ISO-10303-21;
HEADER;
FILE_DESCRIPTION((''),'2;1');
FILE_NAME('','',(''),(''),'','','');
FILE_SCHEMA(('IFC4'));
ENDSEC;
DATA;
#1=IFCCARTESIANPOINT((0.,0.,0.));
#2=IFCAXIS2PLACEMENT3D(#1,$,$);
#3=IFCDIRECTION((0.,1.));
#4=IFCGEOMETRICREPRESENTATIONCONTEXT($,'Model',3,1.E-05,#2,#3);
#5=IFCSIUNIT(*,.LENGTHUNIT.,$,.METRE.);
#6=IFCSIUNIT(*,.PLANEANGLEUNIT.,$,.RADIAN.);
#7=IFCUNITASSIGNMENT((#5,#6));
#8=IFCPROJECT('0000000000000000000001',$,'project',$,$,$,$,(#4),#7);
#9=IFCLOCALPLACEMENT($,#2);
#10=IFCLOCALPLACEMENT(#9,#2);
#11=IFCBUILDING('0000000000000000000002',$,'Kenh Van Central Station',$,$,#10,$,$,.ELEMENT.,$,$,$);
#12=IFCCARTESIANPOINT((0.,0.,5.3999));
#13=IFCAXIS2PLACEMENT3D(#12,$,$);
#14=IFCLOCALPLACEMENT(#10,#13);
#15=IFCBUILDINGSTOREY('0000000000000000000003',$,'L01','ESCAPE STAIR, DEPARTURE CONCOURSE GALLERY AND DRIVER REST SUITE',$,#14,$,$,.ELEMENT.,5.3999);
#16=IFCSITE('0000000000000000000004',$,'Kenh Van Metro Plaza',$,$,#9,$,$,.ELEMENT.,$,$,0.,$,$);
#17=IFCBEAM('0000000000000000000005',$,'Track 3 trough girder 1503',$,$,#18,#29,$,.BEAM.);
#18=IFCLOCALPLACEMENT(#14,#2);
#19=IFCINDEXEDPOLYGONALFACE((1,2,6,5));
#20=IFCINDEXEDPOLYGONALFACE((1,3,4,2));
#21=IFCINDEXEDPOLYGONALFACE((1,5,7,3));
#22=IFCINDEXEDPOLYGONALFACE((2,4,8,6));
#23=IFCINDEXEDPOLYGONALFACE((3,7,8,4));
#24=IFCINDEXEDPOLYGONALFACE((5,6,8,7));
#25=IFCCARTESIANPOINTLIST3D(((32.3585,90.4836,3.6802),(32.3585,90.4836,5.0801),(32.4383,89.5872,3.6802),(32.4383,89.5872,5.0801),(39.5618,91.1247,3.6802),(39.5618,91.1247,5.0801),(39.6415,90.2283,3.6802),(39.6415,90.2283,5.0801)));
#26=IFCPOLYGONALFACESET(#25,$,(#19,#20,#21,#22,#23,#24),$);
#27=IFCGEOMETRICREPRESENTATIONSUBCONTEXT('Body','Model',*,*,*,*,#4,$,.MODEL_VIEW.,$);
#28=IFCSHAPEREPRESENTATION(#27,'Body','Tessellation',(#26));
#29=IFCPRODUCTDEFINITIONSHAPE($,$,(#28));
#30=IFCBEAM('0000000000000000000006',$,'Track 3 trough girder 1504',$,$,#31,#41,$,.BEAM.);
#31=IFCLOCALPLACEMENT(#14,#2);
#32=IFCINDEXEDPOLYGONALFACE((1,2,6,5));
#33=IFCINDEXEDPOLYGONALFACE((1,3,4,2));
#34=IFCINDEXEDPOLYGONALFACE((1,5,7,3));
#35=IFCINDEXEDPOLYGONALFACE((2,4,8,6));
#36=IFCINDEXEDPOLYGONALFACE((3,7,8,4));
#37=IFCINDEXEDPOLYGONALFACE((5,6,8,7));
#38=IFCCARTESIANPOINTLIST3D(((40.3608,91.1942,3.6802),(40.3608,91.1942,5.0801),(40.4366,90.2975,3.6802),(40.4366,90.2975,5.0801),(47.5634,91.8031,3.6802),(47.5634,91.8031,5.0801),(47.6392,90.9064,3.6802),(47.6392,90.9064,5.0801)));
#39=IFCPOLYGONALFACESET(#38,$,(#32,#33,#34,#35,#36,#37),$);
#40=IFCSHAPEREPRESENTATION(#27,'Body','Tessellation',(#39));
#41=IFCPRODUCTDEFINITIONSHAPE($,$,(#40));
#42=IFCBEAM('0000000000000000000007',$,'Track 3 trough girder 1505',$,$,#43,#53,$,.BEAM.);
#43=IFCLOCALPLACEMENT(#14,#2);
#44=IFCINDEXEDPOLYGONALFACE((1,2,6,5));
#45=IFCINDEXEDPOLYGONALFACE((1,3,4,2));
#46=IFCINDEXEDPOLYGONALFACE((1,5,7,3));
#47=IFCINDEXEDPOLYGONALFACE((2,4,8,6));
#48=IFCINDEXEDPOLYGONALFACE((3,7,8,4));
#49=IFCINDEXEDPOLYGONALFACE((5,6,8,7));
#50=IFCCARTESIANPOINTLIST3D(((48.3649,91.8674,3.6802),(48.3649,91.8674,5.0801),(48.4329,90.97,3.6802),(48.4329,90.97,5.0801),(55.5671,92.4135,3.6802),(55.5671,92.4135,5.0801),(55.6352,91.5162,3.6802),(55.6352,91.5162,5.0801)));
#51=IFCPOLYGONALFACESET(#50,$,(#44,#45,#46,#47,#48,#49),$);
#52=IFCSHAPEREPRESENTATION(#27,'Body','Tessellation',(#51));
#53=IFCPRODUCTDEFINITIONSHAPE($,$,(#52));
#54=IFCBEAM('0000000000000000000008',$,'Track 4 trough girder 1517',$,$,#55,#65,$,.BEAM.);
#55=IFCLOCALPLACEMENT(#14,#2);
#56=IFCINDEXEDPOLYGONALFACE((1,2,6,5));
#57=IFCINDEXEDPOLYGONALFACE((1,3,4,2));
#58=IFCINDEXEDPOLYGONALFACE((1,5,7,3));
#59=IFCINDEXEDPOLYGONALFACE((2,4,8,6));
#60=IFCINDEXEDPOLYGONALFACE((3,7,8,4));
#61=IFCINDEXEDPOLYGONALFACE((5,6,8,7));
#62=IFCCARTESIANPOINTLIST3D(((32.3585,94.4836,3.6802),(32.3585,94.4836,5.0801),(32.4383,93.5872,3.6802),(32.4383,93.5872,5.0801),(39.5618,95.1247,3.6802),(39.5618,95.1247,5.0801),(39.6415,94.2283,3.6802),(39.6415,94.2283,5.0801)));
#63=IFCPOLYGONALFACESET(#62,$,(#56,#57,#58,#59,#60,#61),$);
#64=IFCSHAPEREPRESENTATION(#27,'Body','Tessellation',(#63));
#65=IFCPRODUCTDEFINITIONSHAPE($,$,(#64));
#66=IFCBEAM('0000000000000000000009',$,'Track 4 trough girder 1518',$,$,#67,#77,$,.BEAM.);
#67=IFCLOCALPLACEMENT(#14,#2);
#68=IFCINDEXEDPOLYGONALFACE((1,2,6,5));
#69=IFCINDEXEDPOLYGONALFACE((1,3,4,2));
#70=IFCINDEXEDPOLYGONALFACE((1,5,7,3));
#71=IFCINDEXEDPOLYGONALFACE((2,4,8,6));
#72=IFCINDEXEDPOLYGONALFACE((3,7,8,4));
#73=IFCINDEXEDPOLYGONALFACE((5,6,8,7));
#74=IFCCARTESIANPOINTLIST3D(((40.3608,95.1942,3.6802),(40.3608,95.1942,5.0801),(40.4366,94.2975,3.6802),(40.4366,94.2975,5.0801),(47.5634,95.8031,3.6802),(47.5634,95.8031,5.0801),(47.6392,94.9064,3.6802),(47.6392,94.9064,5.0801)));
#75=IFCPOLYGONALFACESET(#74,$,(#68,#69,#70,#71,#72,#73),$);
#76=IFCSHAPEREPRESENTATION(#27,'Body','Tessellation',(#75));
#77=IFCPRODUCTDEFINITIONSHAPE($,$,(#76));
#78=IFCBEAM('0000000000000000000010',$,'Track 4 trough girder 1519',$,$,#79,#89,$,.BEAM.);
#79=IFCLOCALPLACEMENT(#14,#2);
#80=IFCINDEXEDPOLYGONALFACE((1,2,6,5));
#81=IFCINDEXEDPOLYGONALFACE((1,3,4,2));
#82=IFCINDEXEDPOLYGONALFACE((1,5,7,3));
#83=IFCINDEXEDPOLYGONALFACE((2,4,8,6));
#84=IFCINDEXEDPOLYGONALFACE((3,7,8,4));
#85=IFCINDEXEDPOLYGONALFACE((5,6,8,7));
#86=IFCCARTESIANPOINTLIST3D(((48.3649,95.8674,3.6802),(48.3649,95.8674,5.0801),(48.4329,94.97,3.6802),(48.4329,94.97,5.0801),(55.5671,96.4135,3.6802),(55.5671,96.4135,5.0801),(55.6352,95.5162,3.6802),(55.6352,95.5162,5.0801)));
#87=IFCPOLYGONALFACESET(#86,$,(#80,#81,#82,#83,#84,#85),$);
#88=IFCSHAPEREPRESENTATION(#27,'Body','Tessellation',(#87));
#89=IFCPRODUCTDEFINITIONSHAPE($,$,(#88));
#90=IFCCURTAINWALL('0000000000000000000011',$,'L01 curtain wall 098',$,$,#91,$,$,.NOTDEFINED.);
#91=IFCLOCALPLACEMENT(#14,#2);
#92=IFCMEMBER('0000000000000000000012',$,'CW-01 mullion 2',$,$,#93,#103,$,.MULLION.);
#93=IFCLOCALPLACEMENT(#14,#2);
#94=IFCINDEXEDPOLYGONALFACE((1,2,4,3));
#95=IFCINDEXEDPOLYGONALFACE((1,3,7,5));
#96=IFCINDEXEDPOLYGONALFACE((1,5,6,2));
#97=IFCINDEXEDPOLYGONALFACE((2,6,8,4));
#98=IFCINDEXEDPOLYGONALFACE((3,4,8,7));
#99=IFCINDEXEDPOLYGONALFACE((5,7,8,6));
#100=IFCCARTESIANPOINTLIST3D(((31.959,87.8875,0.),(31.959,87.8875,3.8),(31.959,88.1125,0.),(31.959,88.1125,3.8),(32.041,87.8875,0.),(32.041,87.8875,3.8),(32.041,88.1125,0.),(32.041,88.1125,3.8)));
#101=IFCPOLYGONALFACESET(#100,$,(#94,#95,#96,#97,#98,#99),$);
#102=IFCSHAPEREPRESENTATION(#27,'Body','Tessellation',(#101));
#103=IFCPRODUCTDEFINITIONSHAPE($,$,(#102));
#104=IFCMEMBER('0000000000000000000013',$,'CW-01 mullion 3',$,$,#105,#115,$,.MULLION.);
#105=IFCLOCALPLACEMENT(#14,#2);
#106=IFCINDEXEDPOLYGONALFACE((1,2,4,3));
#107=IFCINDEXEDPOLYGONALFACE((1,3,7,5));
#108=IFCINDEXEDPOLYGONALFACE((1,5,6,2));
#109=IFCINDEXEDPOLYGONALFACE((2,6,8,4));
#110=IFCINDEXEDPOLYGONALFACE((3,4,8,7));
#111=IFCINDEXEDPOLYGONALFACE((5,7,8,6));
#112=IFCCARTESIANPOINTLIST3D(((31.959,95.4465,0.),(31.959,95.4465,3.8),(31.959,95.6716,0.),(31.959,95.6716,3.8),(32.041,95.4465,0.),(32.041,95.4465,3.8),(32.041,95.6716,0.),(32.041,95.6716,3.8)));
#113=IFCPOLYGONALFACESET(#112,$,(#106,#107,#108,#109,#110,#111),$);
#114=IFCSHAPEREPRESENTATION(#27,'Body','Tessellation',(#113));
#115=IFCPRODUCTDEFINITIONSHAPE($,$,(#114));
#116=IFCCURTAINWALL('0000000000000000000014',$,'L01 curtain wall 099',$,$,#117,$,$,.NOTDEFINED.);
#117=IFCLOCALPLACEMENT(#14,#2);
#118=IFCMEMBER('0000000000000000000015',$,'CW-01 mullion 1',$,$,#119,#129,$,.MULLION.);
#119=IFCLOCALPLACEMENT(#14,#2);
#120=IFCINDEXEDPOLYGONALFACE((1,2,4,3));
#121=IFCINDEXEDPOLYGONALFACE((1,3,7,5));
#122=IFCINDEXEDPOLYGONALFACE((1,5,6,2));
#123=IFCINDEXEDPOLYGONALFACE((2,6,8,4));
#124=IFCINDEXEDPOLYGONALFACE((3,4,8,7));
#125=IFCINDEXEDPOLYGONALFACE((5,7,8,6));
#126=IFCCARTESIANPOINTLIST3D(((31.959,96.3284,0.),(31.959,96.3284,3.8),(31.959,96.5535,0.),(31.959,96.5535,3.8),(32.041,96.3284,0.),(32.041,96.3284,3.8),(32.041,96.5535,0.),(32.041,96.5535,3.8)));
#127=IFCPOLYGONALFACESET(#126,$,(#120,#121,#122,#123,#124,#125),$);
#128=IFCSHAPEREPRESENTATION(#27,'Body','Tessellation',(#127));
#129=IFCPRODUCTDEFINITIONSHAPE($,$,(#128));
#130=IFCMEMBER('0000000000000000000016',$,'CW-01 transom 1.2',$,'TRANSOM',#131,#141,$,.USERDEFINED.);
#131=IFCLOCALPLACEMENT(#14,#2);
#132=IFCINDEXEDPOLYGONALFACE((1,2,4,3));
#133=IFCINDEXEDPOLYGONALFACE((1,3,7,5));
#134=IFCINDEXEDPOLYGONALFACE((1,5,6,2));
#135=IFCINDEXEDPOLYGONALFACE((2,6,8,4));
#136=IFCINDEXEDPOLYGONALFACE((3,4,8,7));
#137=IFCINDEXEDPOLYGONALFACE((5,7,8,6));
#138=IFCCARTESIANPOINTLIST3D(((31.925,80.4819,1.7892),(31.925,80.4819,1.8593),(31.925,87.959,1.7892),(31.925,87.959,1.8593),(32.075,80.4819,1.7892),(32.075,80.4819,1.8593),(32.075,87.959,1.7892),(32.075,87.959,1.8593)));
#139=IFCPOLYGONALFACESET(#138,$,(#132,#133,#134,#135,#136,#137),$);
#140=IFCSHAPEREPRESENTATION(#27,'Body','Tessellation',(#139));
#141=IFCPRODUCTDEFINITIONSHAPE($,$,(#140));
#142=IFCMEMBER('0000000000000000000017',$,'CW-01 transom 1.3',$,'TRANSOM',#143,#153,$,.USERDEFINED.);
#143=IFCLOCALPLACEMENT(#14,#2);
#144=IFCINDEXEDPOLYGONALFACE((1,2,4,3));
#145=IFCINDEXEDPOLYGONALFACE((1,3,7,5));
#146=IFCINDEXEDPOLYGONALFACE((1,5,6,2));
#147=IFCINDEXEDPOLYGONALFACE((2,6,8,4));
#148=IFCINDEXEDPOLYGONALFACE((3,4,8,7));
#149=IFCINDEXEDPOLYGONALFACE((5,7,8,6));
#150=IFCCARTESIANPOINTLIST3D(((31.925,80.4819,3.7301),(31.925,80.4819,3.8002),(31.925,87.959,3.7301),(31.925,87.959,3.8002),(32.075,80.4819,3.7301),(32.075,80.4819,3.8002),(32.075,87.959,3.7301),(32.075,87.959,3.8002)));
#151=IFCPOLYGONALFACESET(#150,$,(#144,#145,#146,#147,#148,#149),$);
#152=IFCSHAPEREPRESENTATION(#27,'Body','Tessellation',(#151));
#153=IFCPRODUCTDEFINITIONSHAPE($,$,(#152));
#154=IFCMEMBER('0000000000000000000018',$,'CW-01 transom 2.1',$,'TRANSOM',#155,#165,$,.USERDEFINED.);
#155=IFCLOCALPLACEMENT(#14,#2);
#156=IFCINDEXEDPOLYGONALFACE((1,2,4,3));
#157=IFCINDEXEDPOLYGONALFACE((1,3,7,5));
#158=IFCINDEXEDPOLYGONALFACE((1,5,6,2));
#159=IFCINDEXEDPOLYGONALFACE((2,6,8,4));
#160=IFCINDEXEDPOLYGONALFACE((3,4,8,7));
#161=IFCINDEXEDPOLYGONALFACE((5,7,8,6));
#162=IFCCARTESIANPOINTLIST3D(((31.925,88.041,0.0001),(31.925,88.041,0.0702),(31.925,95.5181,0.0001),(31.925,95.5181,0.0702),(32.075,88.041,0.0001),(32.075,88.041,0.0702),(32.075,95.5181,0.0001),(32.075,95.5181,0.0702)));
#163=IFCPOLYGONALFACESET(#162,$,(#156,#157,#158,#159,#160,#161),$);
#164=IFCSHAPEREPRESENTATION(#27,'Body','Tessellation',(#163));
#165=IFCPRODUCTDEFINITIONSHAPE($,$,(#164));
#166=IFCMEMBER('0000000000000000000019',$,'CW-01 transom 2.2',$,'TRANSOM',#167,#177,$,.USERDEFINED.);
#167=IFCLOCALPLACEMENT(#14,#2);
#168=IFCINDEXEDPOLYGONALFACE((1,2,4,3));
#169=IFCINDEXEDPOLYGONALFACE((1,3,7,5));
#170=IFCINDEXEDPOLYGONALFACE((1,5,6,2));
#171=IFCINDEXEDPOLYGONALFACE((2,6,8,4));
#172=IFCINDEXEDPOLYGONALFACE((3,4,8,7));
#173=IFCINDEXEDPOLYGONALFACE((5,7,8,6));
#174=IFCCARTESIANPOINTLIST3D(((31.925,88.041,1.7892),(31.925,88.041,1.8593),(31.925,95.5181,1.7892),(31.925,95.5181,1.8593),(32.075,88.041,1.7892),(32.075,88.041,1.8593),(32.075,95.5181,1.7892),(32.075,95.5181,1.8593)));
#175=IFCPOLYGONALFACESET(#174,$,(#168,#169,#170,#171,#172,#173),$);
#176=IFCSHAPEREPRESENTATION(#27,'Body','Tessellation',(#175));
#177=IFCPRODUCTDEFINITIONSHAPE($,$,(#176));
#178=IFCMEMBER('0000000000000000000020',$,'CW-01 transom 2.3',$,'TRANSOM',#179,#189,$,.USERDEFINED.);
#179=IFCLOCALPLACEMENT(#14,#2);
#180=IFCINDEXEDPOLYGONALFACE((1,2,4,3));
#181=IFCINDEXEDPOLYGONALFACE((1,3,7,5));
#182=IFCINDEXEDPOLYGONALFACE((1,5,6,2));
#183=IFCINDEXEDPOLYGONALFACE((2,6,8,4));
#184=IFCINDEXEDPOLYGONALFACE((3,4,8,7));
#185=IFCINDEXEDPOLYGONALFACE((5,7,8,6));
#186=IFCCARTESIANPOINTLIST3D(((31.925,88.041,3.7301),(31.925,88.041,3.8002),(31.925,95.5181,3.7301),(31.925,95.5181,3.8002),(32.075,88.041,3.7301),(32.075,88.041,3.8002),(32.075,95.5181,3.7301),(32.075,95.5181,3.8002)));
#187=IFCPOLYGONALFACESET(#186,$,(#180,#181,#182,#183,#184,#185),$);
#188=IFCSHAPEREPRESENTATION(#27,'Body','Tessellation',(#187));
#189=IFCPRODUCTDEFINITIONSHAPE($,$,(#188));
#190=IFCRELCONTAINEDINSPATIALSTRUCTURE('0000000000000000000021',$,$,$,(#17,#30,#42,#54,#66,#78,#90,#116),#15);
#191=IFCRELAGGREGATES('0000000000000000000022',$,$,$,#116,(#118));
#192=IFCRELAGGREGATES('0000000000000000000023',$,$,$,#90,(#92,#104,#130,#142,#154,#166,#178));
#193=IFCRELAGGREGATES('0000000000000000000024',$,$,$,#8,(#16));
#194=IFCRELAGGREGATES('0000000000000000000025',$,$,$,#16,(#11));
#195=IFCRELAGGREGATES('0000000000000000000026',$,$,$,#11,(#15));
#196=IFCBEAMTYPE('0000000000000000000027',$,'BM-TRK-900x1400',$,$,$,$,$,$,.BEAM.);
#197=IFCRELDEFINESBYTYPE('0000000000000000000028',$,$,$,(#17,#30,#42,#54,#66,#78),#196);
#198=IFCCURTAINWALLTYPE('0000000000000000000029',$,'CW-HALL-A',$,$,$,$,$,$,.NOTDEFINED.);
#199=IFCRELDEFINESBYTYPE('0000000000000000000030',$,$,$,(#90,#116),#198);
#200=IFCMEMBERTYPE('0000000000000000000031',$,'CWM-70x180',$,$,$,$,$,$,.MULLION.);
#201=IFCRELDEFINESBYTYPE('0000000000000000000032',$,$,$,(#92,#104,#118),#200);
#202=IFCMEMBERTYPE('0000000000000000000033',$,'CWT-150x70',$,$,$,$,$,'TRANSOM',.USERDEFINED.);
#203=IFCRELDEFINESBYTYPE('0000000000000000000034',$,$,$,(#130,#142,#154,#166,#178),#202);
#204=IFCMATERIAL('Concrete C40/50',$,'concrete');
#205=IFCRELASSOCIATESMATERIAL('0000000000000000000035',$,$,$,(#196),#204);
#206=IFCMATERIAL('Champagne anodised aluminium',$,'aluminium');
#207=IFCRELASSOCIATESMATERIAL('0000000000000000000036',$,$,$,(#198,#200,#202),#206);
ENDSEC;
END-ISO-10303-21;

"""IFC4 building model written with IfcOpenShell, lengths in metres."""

from ifc_helpers import new_model, si_unit, direction, frame, origin, origin_2d, place, context, subcontext, project, spatial, rectangle, extrude, material, material_profile, profile_set, type_object, element, aggregate, save


model = new_model("IFC4")

# Units and contexts
model_context = context("Model", 3, precision=1e-05, world=origin(), true_north=direction((0.0, 1.0)))
body_context = subcontext(model_context, "Body", "Model", "MODEL_VIEW")
ifc_project = project(units=[si_unit("LENGTHUNIT", "METRE"), si_unit("PLANEANGLEUNIT", "RADIAN")], contexts=[model_context])

# Site, building, storey
site_placement = place(None, origin())
site = spatial("IfcSite", under=ifc_project, at=site_placement, Name="Kenh Van Metro Plaza", CompositionType="ELEMENT", RefElevation=0.0)
building_placement = place(site_placement, origin())
building = spatial("IfcBuilding", under=site, at=building_placement, Name="Kenh Van Central Station", CompositionType="ELEMENT")
storey_placement = place(building_placement, frame((0.0, 0.0, 5.3999)))
storey = spatial("IfcBuildingStorey", under=building, at=storey_placement, Name="L01", Description="ESCAPE STAIR, DEPARTURE CONCOURSE GALLERY AND DRIVER REST SUITE", CompositionType="ELEMENT", Elevation=5.3999)

# Shared definitions
ifc_material_1 = material(Name="Concrete C40/50", Category="concrete")

# Beams
ifc_material_profile_1 = material_profile(ifc_material_1, rectangle(XDim=0.8999, YDim=1.3999, at=origin_2d()), Name="RC 900x1400")
ifc_profile_set_1 = profile_set([ifc_material_profile_1], Name="Concrete C40/50")
beam_type_1 = type_object("IfcBeamType", Name="BM-TRK-900x1400", PredefinedType="BEAM", material=ifc_profile_set_1)
beam_1_placement = place(storey_placement, frame((32.3984, 90.0354, 4.3801), z_axis=(0.996062, 0.088654, 0.0), x_axis=(-0.088654, 0.996062, 0.0)))
element("IfcBeam", 1, at=beam_1_placement, inside=storey, type_object=beam_type_1, Name="Track 3 trough girder 1503", PredefinedType="BEAM", context=body_context, shape_type="SweptSolid", body=[
    extrude(rectangle(XDim=0.8999, YDim=1.3999, at=origin_2d()), origin(), (0.0, 0.0, 1.0), 7.2317),
])
beam_2_placement = place(storey_placement, frame((40.3987, 90.7458, 4.3801), z_axis=(0.996446, 0.084236, 0.0), x_axis=(-0.084236, 0.996446, 0.0)))
element("IfcBeam", 2, at=beam_2_placement, inside=storey, type_object=beam_type_1, Name="Track 3 trough girder 1504", PredefinedType="BEAM", context=body_context, shape_type="SweptSolid", body=[
    extrude(rectangle(XDim=0.8999, YDim=1.3999, at=origin_2d()), origin(), (0.0, 0.0, 1.0), 7.2283),
])
beam_3_placement = place(storey_placement, frame((48.3989, 91.4187, 4.3801), z_axis=(0.997137, 0.075613, 0.0), x_axis=(-0.075613, 0.997137, 0.0)))
element("IfcBeam", 3, at=beam_3_placement, inside=storey, type_object=beam_type_1, Name="Track 3 trough girder 1505", PredefinedType="BEAM", context=body_context, shape_type="SweptSolid", body=[
    extrude(rectangle(XDim=0.8999, YDim=1.3999, at=origin_2d()), origin(), (0.0, 0.0, 1.0), 7.2229),
])
beam_4_placement = place(storey_placement, frame((32.3984, 94.0354, 4.3801), z_axis=(0.996062, 0.088654, 0.0), x_axis=(-0.088654, 0.996062, 0.0)))
element("IfcBeam", 4, at=beam_4_placement, inside=storey, type_object=beam_type_1, Name="Track 4 trough girder 1517", PredefinedType="BEAM", context=body_context, shape_type="SweptSolid", body=[
    extrude(rectangle(XDim=0.8999, YDim=1.3999, at=origin_2d()), origin(), (0.0, 0.0, 1.0), 7.2317),
])
beam_5_placement = place(storey_placement, frame((40.3987, 94.7458, 4.3801), z_axis=(0.996446, 0.084236, 0.0), x_axis=(-0.084236, 0.996446, 0.0)))
element("IfcBeam", 5, at=beam_5_placement, inside=storey, type_object=beam_type_1, Name="Track 4 trough girder 1518", PredefinedType="BEAM", context=body_context, shape_type="SweptSolid", body=[
    extrude(rectangle(XDim=0.8999, YDim=1.3999, at=origin_2d()), origin(), (0.0, 0.0, 1.0), 7.2283),
])
beam_6_placement = place(storey_placement, frame((48.3989, 95.4187, 4.3801), z_axis=(0.997137, 0.075613, 0.0), x_axis=(-0.075613, 0.997137, 0.0)))
element("IfcBeam", 6, at=beam_6_placement, inside=storey, type_object=beam_type_1, Name="Track 4 trough girder 1519", PredefinedType="BEAM", context=body_context, shape_type="SweptSolid", body=[
    extrude(rectangle(XDim=0.8999, YDim=1.3999, at=origin_2d()), origin(), (0.0, 0.0, 1.0), 7.2229),
])

# Curtain wall, members
ifc_material_2 = material(Name="Champagne anodised aluminium", Category="aluminium")
curtain_wall_type = type_object("IfcCurtainWallType", Name="CW-HALL-A", PredefinedType="NOTDEFINED", material=ifc_material_2)
curtain_wall_1_placement = place(storey_placement, origin())
curtain_wall_1 = element("IfcCurtainWall", 7, at=curtain_wall_1_placement, inside=storey, type_object=curtain_wall_type, Name="L01 curtain wall 098", PredefinedType="NOTDEFINED")
ifc_material_profile_2 = material_profile(ifc_material_2, rectangle(XDim=0.082, YDim=0.2251, at=origin_2d()), Name="AL 82x225")
ifc_profile_set_2 = profile_set([ifc_material_profile_2], Name="Champagne anodised aluminium")
member_type_1 = type_object("IfcMemberType", Name="CWM-70x180", PredefinedType="MULLION", material=ifc_profile_set_2)
member_1_placement = place(storey_placement, frame((32.0, 88.0, 0.0), z_axis=(0.0, 0.0, 1.0), x_axis=(-1.0, 0.0, 0.0)))
member_1 = element("IfcMember", 8, at=member_1_placement, type_object=member_type_1, Name="CW-01 mullion 2", PredefinedType="MULLION", context=body_context, shape_type="SweptSolid", body=[
    extrude(rectangle(XDim=0.082, YDim=0.2251, at=origin_2d()), origin(), (0.0, 0.0, 1.0), 3.8),
])
member_2_placement = place(storey_placement, frame((32.0, 95.5591, 0.0), z_axis=(0.0, 0.0, 1.0), x_axis=(-1.0, 0.0, 0.0)))
member_2 = element("IfcMember", 9, at=member_2_placement, type_object=member_type_1, Name="CW-01 mullion 3", PredefinedType="MULLION", context=body_context, shape_type="SweptSolid", body=[
    extrude(rectangle(XDim=0.082, YDim=0.2251, at=origin_2d()), origin(), (0.0, 0.0, 1.0), 3.8),
])

# Curtain wall, member
curtain_wall_2_placement = place(storey_placement, origin())
curtain_wall_2 = element("IfcCurtainWall", 10, at=curtain_wall_2_placement, inside=storey, type_object=curtain_wall_type, Name="L01 curtain wall 099", PredefinedType="NOTDEFINED")
member_3_placement = place(storey_placement, frame((32.0, 96.4409, 0.0), z_axis=(0.0, 0.0, 1.0), x_axis=(-1.0, 0.0, 0.0)))
member_3 = element("IfcMember", 11, at=member_3_placement, type_object=member_type_1, Name="CW-01 mullion 1", PredefinedType="MULLION", context=body_context, shape_type="SweptSolid", body=[
    extrude(rectangle(XDim=0.082, YDim=0.2251, at=origin_2d()), origin(), (0.0, 0.0, 1.0), 3.8),
])

# Members
ifc_material_profile_3 = material_profile(ifc_material_2, rectangle(XDim=0.1499, YDim=0.0701, at=origin_2d()), Name="AL 150x70")
ifc_profile_set_3 = profile_set([ifc_material_profile_3], Name="Champagne anodised aluminium")
member_type_2 = type_object("IfcMemberType", Name="CWT-150x70", ElementType="TRANSOM", PredefinedType="USERDEFINED", material=ifc_profile_set_3)
member_4_placement = place(storey_placement, frame((32.0, 80.4819, 1.8242), z_axis=(0.0, 1.0, 0.0), x_axis=(-1.0, 0.0, 0.0)))
member_4 = element("IfcMember", 12, at=member_4_placement, type_object=member_type_2, Name="CW-01 transom 1.2", ObjectType="TRANSOM", PredefinedType="USERDEFINED", context=body_context, shape_type="SweptSolid", body=[
    extrude(rectangle(XDim=0.1499, YDim=0.0701, at=origin_2d()), origin(), (0.0, 0.0, 1.0), 7.4771),
])
member_5_placement = place(storey_placement, frame((32.0, 80.4819, 3.7651), z_axis=(0.0, 1.0, 0.0), x_axis=(-1.0, 0.0, 0.0)))
member_5 = element("IfcMember", 13, at=member_5_placement, type_object=member_type_2, Name="CW-01 transom 1.3", ObjectType="TRANSOM", PredefinedType="USERDEFINED", context=body_context, shape_type="SweptSolid", body=[
    extrude(rectangle(XDim=0.1499, YDim=0.0701, at=origin_2d()), origin(), (0.0, 0.0, 1.0), 7.4771),
])
member_6_placement = place(storey_placement, frame((32.0, 88.041, 0.0352), z_axis=(0.0, 1.0, 0.0), x_axis=(-1.0, 0.0, 0.0)))
member_6 = element("IfcMember", 14, at=member_6_placement, type_object=member_type_2, Name="CW-01 transom 2.1", ObjectType="TRANSOM", PredefinedType="USERDEFINED", context=body_context, shape_type="SweptSolid", body=[
    extrude(rectangle(XDim=0.1499, YDim=0.0701, at=origin_2d()), origin(), (0.0, 0.0, 1.0), 7.4771),
])
member_7_placement = place(storey_placement, frame((32.0, 88.041, 1.8242), z_axis=(0.0, 1.0, 0.0), x_axis=(-1.0, 0.0, 0.0)))
member_7 = element("IfcMember", 15, at=member_7_placement, type_object=member_type_2, Name="CW-01 transom 2.2", ObjectType="TRANSOM", PredefinedType="USERDEFINED", context=body_context, shape_type="SweptSolid", body=[
    extrude(rectangle(XDim=0.1499, YDim=0.0701, at=origin_2d()), origin(), (0.0, 0.0, 1.0), 7.4771),
])
member_8_placement = place(storey_placement, frame((32.0, 88.041, 3.7651), z_axis=(0.0, 1.0, 0.0), x_axis=(-1.0, 0.0, 0.0)))
member_8 = element("IfcMember", 16, at=member_8_placement, type_object=member_type_2, Name="CW-01 transom 2.3", ObjectType="TRANSOM", PredefinedType="USERDEFINED", context=body_context, shape_type="SweptSolid", body=[
    extrude(rectangle(XDim=0.1499, YDim=0.0701, at=origin_2d()), origin(), (0.0, 0.0, 1.0), 7.4771),
])
aggregate(curtain_wall_2, [member_3])

aggregate(curtain_wall_1, [member_1, member_2, member_4, member_5, member_6, member_7, member_8])

save(model, "model.ifc")
